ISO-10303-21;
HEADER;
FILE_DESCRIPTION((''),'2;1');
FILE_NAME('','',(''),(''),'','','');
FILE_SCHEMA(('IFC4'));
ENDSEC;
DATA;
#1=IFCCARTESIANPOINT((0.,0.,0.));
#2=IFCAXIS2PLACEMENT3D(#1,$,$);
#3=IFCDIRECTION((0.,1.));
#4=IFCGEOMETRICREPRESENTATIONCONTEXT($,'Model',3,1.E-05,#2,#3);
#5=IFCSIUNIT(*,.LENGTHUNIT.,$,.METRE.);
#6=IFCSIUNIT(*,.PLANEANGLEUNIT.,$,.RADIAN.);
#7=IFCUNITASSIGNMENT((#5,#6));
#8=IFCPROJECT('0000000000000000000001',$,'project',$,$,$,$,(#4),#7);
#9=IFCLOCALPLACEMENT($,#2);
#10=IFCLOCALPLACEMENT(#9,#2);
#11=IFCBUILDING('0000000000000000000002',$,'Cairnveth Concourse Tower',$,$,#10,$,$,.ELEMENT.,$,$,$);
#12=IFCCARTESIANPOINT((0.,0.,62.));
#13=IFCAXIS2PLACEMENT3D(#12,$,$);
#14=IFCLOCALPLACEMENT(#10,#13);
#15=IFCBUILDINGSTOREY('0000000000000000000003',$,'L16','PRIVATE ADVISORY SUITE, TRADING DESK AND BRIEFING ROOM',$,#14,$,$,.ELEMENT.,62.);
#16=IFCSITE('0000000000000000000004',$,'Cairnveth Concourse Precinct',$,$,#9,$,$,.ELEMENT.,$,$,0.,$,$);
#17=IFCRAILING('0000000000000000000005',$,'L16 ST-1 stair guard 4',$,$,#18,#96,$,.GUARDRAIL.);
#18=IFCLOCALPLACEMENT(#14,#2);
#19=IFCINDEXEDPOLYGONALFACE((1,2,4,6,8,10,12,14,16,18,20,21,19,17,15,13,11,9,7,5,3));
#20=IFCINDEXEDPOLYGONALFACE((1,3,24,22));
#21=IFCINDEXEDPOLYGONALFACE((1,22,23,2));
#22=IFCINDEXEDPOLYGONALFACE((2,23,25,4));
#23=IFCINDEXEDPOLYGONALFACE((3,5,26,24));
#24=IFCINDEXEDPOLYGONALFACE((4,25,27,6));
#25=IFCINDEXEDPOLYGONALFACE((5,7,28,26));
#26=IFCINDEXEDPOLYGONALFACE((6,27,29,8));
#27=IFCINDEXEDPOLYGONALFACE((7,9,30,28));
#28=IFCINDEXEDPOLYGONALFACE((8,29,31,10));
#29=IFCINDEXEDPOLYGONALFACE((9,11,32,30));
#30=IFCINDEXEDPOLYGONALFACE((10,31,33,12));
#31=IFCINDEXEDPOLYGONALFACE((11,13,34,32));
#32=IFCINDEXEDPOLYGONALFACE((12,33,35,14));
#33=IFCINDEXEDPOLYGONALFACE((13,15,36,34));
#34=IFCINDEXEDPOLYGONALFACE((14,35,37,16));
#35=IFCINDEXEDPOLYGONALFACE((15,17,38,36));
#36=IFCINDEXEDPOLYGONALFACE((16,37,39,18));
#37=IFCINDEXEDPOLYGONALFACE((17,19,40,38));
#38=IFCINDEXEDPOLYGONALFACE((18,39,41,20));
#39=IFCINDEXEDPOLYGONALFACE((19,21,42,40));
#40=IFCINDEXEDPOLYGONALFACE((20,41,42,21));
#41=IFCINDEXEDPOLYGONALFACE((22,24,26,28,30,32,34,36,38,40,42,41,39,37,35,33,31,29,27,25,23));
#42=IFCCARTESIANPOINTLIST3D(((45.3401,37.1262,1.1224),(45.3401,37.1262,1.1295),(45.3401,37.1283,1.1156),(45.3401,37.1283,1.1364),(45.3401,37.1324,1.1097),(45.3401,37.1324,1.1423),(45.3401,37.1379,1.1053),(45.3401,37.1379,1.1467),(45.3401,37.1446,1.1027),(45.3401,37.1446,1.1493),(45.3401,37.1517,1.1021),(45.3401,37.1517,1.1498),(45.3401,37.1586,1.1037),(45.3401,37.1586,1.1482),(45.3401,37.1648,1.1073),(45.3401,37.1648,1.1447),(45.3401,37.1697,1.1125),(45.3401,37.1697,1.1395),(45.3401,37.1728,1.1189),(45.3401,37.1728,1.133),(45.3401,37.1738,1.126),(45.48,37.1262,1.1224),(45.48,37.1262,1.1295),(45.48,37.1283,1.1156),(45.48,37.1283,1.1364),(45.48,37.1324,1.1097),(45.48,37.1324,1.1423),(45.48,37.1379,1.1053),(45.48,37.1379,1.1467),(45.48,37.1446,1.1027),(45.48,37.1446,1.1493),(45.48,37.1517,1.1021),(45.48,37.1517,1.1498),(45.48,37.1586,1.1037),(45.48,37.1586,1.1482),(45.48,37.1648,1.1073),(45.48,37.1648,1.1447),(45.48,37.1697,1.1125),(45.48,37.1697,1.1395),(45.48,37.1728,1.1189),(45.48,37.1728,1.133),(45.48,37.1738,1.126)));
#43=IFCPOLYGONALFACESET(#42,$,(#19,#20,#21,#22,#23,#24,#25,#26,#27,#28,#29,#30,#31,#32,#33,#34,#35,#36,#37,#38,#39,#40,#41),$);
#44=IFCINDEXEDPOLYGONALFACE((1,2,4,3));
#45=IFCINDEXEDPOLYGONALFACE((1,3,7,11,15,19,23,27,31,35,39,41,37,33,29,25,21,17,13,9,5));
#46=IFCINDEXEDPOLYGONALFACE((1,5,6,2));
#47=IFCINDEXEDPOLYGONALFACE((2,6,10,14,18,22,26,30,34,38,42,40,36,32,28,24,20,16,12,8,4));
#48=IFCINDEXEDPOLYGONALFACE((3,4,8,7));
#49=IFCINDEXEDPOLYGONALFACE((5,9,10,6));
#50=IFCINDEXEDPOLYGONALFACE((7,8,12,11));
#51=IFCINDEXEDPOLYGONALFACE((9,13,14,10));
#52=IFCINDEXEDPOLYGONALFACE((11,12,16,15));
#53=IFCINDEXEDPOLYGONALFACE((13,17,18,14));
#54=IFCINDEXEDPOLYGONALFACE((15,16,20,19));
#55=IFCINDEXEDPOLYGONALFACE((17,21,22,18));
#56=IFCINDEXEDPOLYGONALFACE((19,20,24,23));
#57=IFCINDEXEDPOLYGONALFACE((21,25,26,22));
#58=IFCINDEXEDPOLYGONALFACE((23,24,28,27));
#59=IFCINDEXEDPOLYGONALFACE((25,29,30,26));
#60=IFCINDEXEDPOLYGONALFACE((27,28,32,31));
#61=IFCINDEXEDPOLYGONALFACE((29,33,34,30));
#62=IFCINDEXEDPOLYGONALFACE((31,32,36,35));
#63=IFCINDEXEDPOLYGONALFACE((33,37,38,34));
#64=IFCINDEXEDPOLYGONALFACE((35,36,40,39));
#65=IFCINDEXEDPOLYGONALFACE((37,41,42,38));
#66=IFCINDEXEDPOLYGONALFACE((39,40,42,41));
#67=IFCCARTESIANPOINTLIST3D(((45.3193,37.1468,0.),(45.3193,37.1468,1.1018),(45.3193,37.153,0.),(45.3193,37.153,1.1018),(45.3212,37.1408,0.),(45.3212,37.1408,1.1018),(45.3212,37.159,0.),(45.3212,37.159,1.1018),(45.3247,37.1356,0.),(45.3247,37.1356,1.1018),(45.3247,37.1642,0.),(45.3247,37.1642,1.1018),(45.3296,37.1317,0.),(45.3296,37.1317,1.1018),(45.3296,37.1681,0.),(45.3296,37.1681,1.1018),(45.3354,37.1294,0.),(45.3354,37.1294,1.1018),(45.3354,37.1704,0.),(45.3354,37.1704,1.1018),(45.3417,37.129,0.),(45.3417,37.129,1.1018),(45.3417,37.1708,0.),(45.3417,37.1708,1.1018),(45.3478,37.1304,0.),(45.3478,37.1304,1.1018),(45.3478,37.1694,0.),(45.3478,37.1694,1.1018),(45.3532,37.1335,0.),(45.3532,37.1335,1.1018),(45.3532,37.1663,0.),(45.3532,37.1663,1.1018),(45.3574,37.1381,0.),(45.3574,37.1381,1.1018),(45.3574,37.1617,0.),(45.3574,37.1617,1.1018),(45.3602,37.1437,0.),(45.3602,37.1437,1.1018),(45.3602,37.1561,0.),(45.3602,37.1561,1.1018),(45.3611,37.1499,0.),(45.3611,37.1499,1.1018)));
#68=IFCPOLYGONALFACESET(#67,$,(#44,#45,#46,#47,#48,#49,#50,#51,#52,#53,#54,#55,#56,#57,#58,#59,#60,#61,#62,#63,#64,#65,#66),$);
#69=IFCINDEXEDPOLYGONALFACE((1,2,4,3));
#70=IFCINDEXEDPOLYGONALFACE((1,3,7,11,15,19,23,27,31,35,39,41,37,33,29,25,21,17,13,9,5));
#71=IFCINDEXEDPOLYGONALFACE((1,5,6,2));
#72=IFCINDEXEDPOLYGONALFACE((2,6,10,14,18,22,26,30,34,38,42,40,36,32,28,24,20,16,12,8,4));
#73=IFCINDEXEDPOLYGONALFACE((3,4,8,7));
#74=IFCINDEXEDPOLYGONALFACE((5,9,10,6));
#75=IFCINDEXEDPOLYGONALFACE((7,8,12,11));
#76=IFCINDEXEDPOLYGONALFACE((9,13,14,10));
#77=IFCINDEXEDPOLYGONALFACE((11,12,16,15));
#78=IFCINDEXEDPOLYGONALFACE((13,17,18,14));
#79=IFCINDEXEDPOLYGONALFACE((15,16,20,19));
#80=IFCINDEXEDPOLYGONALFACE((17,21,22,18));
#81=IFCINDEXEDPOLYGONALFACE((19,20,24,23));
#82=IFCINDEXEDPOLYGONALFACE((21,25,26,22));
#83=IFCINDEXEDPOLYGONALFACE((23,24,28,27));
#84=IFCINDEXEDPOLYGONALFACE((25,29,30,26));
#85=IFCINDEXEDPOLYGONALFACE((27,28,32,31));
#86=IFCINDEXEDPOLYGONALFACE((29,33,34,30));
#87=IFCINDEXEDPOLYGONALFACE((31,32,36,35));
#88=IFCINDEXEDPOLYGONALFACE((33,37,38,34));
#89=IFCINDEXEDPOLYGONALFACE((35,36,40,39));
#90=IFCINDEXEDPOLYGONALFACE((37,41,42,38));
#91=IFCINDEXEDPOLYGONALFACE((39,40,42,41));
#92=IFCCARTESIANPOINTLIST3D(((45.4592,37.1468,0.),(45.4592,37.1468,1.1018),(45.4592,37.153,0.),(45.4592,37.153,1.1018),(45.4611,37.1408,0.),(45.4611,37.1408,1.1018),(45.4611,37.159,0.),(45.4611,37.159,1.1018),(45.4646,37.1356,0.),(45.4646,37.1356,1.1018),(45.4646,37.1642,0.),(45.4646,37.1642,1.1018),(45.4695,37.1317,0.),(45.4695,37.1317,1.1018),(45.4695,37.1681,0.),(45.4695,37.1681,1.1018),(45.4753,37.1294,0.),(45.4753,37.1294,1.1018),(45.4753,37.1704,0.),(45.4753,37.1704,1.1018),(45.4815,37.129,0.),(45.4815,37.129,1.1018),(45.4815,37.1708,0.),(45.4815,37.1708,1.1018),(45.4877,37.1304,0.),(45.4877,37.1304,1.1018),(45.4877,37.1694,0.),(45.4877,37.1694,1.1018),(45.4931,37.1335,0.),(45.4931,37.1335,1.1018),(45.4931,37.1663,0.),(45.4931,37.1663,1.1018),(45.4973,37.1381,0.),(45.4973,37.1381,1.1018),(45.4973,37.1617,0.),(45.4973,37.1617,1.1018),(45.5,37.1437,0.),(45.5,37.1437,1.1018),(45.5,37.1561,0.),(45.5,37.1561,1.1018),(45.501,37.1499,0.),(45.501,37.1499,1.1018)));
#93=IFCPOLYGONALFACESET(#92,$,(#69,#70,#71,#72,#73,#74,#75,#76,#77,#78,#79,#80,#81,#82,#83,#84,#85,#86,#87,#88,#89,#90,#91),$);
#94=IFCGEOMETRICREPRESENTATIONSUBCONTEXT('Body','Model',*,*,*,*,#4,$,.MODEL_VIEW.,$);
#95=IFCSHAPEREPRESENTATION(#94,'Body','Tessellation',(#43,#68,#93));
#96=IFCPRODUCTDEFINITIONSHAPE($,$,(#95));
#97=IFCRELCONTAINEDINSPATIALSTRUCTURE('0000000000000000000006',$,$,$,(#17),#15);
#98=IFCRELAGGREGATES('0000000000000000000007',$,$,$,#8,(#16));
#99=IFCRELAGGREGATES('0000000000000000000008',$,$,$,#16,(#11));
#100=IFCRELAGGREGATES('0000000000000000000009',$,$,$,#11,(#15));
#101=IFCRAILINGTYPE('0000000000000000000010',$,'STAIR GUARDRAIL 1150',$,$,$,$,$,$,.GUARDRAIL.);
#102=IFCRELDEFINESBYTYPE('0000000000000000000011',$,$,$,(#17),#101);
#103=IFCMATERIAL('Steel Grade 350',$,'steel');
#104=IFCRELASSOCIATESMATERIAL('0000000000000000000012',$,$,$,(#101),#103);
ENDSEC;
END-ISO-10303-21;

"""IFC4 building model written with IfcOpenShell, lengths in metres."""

from ifc_helpers import new_model, si_unit, direction, frame, origin, origin_2d, place, context, subcontext, project, spatial, circle, extrude, material, type_object, element, save


model = new_model("IFC4")

# Units and contexts
model_context = context("Model", 3, precision=1e-05, world=origin(), true_north=direction((0.0, 1.0)))
body_context = subcontext(model_context, "Body", "Model", "MODEL_VIEW")
ifc_project = project(units=[si_unit("LENGTHUNIT", "METRE"), si_unit("PLANEANGLEUNIT", "RADIAN")], contexts=[model_context])

# Site, building, storey
site_placement = place(None, origin())
site = spatial("IfcSite", under=ifc_project, at=site_placement, Name="Cairnveth Concourse Precinct", CompositionType="ELEMENT", RefElevation=0.0)
building_placement = place(site_placement, origin())
building = spatial("IfcBuilding", under=site, at=building_placement, Name="Cairnveth Concourse Tower", CompositionType="ELEMENT")
storey_placement = place(building_placement, frame((0.0, 0.0, 62.0)))
storey = spatial("IfcBuildingStorey", under=building, at=storey_placement, Name="L16", Description="PRIVATE ADVISORY SUITE, TRADING DESK AND BRIEFING ROOM", CompositionType="ELEMENT", Elevation=62.0)

# Shared definitions
ifc_material_1 = material(Name="Steel Grade 350", Category="steel")

# Railing
railing_type_1 = type_object("IfcRailingType", Name="STAIR GUARDRAIL 1150", PredefinedType="GUARDRAIL", material=ifc_material_1)
railing_1_placement = place(storey_placement, frame((45.3401, 37.1499, 0.0)))
element("IfcRailing", 1, at=railing_1_placement, inside=storey, type_object=railing_type_1, Name="L16 ST-1 stair guard 4", PredefinedType="GUARDRAIL", context=body_context, shape_type="SweptSolid", body=[
    extrude(circle(Radius=0.0239, at=origin_2d()), frame((0.0, 0.0, 1.126), z_axis=(1.0, 0.0, 0.0), x_axis=(0.0, 1.0, 0.0)), (0.0, 0.0, 1.0), 0.1399),
    extrude(circle(Radius=0.021, at=origin_2d()), origin(), (0.0, 0.0, 1.0), 1.1018),
    extrude(circle(Radius=0.021, at=origin_2d()), frame((0.1399, 0.0, 0.0)), (0.0, 0.0, 1.0), 1.1018),
])

save(model, "model.ifc")
